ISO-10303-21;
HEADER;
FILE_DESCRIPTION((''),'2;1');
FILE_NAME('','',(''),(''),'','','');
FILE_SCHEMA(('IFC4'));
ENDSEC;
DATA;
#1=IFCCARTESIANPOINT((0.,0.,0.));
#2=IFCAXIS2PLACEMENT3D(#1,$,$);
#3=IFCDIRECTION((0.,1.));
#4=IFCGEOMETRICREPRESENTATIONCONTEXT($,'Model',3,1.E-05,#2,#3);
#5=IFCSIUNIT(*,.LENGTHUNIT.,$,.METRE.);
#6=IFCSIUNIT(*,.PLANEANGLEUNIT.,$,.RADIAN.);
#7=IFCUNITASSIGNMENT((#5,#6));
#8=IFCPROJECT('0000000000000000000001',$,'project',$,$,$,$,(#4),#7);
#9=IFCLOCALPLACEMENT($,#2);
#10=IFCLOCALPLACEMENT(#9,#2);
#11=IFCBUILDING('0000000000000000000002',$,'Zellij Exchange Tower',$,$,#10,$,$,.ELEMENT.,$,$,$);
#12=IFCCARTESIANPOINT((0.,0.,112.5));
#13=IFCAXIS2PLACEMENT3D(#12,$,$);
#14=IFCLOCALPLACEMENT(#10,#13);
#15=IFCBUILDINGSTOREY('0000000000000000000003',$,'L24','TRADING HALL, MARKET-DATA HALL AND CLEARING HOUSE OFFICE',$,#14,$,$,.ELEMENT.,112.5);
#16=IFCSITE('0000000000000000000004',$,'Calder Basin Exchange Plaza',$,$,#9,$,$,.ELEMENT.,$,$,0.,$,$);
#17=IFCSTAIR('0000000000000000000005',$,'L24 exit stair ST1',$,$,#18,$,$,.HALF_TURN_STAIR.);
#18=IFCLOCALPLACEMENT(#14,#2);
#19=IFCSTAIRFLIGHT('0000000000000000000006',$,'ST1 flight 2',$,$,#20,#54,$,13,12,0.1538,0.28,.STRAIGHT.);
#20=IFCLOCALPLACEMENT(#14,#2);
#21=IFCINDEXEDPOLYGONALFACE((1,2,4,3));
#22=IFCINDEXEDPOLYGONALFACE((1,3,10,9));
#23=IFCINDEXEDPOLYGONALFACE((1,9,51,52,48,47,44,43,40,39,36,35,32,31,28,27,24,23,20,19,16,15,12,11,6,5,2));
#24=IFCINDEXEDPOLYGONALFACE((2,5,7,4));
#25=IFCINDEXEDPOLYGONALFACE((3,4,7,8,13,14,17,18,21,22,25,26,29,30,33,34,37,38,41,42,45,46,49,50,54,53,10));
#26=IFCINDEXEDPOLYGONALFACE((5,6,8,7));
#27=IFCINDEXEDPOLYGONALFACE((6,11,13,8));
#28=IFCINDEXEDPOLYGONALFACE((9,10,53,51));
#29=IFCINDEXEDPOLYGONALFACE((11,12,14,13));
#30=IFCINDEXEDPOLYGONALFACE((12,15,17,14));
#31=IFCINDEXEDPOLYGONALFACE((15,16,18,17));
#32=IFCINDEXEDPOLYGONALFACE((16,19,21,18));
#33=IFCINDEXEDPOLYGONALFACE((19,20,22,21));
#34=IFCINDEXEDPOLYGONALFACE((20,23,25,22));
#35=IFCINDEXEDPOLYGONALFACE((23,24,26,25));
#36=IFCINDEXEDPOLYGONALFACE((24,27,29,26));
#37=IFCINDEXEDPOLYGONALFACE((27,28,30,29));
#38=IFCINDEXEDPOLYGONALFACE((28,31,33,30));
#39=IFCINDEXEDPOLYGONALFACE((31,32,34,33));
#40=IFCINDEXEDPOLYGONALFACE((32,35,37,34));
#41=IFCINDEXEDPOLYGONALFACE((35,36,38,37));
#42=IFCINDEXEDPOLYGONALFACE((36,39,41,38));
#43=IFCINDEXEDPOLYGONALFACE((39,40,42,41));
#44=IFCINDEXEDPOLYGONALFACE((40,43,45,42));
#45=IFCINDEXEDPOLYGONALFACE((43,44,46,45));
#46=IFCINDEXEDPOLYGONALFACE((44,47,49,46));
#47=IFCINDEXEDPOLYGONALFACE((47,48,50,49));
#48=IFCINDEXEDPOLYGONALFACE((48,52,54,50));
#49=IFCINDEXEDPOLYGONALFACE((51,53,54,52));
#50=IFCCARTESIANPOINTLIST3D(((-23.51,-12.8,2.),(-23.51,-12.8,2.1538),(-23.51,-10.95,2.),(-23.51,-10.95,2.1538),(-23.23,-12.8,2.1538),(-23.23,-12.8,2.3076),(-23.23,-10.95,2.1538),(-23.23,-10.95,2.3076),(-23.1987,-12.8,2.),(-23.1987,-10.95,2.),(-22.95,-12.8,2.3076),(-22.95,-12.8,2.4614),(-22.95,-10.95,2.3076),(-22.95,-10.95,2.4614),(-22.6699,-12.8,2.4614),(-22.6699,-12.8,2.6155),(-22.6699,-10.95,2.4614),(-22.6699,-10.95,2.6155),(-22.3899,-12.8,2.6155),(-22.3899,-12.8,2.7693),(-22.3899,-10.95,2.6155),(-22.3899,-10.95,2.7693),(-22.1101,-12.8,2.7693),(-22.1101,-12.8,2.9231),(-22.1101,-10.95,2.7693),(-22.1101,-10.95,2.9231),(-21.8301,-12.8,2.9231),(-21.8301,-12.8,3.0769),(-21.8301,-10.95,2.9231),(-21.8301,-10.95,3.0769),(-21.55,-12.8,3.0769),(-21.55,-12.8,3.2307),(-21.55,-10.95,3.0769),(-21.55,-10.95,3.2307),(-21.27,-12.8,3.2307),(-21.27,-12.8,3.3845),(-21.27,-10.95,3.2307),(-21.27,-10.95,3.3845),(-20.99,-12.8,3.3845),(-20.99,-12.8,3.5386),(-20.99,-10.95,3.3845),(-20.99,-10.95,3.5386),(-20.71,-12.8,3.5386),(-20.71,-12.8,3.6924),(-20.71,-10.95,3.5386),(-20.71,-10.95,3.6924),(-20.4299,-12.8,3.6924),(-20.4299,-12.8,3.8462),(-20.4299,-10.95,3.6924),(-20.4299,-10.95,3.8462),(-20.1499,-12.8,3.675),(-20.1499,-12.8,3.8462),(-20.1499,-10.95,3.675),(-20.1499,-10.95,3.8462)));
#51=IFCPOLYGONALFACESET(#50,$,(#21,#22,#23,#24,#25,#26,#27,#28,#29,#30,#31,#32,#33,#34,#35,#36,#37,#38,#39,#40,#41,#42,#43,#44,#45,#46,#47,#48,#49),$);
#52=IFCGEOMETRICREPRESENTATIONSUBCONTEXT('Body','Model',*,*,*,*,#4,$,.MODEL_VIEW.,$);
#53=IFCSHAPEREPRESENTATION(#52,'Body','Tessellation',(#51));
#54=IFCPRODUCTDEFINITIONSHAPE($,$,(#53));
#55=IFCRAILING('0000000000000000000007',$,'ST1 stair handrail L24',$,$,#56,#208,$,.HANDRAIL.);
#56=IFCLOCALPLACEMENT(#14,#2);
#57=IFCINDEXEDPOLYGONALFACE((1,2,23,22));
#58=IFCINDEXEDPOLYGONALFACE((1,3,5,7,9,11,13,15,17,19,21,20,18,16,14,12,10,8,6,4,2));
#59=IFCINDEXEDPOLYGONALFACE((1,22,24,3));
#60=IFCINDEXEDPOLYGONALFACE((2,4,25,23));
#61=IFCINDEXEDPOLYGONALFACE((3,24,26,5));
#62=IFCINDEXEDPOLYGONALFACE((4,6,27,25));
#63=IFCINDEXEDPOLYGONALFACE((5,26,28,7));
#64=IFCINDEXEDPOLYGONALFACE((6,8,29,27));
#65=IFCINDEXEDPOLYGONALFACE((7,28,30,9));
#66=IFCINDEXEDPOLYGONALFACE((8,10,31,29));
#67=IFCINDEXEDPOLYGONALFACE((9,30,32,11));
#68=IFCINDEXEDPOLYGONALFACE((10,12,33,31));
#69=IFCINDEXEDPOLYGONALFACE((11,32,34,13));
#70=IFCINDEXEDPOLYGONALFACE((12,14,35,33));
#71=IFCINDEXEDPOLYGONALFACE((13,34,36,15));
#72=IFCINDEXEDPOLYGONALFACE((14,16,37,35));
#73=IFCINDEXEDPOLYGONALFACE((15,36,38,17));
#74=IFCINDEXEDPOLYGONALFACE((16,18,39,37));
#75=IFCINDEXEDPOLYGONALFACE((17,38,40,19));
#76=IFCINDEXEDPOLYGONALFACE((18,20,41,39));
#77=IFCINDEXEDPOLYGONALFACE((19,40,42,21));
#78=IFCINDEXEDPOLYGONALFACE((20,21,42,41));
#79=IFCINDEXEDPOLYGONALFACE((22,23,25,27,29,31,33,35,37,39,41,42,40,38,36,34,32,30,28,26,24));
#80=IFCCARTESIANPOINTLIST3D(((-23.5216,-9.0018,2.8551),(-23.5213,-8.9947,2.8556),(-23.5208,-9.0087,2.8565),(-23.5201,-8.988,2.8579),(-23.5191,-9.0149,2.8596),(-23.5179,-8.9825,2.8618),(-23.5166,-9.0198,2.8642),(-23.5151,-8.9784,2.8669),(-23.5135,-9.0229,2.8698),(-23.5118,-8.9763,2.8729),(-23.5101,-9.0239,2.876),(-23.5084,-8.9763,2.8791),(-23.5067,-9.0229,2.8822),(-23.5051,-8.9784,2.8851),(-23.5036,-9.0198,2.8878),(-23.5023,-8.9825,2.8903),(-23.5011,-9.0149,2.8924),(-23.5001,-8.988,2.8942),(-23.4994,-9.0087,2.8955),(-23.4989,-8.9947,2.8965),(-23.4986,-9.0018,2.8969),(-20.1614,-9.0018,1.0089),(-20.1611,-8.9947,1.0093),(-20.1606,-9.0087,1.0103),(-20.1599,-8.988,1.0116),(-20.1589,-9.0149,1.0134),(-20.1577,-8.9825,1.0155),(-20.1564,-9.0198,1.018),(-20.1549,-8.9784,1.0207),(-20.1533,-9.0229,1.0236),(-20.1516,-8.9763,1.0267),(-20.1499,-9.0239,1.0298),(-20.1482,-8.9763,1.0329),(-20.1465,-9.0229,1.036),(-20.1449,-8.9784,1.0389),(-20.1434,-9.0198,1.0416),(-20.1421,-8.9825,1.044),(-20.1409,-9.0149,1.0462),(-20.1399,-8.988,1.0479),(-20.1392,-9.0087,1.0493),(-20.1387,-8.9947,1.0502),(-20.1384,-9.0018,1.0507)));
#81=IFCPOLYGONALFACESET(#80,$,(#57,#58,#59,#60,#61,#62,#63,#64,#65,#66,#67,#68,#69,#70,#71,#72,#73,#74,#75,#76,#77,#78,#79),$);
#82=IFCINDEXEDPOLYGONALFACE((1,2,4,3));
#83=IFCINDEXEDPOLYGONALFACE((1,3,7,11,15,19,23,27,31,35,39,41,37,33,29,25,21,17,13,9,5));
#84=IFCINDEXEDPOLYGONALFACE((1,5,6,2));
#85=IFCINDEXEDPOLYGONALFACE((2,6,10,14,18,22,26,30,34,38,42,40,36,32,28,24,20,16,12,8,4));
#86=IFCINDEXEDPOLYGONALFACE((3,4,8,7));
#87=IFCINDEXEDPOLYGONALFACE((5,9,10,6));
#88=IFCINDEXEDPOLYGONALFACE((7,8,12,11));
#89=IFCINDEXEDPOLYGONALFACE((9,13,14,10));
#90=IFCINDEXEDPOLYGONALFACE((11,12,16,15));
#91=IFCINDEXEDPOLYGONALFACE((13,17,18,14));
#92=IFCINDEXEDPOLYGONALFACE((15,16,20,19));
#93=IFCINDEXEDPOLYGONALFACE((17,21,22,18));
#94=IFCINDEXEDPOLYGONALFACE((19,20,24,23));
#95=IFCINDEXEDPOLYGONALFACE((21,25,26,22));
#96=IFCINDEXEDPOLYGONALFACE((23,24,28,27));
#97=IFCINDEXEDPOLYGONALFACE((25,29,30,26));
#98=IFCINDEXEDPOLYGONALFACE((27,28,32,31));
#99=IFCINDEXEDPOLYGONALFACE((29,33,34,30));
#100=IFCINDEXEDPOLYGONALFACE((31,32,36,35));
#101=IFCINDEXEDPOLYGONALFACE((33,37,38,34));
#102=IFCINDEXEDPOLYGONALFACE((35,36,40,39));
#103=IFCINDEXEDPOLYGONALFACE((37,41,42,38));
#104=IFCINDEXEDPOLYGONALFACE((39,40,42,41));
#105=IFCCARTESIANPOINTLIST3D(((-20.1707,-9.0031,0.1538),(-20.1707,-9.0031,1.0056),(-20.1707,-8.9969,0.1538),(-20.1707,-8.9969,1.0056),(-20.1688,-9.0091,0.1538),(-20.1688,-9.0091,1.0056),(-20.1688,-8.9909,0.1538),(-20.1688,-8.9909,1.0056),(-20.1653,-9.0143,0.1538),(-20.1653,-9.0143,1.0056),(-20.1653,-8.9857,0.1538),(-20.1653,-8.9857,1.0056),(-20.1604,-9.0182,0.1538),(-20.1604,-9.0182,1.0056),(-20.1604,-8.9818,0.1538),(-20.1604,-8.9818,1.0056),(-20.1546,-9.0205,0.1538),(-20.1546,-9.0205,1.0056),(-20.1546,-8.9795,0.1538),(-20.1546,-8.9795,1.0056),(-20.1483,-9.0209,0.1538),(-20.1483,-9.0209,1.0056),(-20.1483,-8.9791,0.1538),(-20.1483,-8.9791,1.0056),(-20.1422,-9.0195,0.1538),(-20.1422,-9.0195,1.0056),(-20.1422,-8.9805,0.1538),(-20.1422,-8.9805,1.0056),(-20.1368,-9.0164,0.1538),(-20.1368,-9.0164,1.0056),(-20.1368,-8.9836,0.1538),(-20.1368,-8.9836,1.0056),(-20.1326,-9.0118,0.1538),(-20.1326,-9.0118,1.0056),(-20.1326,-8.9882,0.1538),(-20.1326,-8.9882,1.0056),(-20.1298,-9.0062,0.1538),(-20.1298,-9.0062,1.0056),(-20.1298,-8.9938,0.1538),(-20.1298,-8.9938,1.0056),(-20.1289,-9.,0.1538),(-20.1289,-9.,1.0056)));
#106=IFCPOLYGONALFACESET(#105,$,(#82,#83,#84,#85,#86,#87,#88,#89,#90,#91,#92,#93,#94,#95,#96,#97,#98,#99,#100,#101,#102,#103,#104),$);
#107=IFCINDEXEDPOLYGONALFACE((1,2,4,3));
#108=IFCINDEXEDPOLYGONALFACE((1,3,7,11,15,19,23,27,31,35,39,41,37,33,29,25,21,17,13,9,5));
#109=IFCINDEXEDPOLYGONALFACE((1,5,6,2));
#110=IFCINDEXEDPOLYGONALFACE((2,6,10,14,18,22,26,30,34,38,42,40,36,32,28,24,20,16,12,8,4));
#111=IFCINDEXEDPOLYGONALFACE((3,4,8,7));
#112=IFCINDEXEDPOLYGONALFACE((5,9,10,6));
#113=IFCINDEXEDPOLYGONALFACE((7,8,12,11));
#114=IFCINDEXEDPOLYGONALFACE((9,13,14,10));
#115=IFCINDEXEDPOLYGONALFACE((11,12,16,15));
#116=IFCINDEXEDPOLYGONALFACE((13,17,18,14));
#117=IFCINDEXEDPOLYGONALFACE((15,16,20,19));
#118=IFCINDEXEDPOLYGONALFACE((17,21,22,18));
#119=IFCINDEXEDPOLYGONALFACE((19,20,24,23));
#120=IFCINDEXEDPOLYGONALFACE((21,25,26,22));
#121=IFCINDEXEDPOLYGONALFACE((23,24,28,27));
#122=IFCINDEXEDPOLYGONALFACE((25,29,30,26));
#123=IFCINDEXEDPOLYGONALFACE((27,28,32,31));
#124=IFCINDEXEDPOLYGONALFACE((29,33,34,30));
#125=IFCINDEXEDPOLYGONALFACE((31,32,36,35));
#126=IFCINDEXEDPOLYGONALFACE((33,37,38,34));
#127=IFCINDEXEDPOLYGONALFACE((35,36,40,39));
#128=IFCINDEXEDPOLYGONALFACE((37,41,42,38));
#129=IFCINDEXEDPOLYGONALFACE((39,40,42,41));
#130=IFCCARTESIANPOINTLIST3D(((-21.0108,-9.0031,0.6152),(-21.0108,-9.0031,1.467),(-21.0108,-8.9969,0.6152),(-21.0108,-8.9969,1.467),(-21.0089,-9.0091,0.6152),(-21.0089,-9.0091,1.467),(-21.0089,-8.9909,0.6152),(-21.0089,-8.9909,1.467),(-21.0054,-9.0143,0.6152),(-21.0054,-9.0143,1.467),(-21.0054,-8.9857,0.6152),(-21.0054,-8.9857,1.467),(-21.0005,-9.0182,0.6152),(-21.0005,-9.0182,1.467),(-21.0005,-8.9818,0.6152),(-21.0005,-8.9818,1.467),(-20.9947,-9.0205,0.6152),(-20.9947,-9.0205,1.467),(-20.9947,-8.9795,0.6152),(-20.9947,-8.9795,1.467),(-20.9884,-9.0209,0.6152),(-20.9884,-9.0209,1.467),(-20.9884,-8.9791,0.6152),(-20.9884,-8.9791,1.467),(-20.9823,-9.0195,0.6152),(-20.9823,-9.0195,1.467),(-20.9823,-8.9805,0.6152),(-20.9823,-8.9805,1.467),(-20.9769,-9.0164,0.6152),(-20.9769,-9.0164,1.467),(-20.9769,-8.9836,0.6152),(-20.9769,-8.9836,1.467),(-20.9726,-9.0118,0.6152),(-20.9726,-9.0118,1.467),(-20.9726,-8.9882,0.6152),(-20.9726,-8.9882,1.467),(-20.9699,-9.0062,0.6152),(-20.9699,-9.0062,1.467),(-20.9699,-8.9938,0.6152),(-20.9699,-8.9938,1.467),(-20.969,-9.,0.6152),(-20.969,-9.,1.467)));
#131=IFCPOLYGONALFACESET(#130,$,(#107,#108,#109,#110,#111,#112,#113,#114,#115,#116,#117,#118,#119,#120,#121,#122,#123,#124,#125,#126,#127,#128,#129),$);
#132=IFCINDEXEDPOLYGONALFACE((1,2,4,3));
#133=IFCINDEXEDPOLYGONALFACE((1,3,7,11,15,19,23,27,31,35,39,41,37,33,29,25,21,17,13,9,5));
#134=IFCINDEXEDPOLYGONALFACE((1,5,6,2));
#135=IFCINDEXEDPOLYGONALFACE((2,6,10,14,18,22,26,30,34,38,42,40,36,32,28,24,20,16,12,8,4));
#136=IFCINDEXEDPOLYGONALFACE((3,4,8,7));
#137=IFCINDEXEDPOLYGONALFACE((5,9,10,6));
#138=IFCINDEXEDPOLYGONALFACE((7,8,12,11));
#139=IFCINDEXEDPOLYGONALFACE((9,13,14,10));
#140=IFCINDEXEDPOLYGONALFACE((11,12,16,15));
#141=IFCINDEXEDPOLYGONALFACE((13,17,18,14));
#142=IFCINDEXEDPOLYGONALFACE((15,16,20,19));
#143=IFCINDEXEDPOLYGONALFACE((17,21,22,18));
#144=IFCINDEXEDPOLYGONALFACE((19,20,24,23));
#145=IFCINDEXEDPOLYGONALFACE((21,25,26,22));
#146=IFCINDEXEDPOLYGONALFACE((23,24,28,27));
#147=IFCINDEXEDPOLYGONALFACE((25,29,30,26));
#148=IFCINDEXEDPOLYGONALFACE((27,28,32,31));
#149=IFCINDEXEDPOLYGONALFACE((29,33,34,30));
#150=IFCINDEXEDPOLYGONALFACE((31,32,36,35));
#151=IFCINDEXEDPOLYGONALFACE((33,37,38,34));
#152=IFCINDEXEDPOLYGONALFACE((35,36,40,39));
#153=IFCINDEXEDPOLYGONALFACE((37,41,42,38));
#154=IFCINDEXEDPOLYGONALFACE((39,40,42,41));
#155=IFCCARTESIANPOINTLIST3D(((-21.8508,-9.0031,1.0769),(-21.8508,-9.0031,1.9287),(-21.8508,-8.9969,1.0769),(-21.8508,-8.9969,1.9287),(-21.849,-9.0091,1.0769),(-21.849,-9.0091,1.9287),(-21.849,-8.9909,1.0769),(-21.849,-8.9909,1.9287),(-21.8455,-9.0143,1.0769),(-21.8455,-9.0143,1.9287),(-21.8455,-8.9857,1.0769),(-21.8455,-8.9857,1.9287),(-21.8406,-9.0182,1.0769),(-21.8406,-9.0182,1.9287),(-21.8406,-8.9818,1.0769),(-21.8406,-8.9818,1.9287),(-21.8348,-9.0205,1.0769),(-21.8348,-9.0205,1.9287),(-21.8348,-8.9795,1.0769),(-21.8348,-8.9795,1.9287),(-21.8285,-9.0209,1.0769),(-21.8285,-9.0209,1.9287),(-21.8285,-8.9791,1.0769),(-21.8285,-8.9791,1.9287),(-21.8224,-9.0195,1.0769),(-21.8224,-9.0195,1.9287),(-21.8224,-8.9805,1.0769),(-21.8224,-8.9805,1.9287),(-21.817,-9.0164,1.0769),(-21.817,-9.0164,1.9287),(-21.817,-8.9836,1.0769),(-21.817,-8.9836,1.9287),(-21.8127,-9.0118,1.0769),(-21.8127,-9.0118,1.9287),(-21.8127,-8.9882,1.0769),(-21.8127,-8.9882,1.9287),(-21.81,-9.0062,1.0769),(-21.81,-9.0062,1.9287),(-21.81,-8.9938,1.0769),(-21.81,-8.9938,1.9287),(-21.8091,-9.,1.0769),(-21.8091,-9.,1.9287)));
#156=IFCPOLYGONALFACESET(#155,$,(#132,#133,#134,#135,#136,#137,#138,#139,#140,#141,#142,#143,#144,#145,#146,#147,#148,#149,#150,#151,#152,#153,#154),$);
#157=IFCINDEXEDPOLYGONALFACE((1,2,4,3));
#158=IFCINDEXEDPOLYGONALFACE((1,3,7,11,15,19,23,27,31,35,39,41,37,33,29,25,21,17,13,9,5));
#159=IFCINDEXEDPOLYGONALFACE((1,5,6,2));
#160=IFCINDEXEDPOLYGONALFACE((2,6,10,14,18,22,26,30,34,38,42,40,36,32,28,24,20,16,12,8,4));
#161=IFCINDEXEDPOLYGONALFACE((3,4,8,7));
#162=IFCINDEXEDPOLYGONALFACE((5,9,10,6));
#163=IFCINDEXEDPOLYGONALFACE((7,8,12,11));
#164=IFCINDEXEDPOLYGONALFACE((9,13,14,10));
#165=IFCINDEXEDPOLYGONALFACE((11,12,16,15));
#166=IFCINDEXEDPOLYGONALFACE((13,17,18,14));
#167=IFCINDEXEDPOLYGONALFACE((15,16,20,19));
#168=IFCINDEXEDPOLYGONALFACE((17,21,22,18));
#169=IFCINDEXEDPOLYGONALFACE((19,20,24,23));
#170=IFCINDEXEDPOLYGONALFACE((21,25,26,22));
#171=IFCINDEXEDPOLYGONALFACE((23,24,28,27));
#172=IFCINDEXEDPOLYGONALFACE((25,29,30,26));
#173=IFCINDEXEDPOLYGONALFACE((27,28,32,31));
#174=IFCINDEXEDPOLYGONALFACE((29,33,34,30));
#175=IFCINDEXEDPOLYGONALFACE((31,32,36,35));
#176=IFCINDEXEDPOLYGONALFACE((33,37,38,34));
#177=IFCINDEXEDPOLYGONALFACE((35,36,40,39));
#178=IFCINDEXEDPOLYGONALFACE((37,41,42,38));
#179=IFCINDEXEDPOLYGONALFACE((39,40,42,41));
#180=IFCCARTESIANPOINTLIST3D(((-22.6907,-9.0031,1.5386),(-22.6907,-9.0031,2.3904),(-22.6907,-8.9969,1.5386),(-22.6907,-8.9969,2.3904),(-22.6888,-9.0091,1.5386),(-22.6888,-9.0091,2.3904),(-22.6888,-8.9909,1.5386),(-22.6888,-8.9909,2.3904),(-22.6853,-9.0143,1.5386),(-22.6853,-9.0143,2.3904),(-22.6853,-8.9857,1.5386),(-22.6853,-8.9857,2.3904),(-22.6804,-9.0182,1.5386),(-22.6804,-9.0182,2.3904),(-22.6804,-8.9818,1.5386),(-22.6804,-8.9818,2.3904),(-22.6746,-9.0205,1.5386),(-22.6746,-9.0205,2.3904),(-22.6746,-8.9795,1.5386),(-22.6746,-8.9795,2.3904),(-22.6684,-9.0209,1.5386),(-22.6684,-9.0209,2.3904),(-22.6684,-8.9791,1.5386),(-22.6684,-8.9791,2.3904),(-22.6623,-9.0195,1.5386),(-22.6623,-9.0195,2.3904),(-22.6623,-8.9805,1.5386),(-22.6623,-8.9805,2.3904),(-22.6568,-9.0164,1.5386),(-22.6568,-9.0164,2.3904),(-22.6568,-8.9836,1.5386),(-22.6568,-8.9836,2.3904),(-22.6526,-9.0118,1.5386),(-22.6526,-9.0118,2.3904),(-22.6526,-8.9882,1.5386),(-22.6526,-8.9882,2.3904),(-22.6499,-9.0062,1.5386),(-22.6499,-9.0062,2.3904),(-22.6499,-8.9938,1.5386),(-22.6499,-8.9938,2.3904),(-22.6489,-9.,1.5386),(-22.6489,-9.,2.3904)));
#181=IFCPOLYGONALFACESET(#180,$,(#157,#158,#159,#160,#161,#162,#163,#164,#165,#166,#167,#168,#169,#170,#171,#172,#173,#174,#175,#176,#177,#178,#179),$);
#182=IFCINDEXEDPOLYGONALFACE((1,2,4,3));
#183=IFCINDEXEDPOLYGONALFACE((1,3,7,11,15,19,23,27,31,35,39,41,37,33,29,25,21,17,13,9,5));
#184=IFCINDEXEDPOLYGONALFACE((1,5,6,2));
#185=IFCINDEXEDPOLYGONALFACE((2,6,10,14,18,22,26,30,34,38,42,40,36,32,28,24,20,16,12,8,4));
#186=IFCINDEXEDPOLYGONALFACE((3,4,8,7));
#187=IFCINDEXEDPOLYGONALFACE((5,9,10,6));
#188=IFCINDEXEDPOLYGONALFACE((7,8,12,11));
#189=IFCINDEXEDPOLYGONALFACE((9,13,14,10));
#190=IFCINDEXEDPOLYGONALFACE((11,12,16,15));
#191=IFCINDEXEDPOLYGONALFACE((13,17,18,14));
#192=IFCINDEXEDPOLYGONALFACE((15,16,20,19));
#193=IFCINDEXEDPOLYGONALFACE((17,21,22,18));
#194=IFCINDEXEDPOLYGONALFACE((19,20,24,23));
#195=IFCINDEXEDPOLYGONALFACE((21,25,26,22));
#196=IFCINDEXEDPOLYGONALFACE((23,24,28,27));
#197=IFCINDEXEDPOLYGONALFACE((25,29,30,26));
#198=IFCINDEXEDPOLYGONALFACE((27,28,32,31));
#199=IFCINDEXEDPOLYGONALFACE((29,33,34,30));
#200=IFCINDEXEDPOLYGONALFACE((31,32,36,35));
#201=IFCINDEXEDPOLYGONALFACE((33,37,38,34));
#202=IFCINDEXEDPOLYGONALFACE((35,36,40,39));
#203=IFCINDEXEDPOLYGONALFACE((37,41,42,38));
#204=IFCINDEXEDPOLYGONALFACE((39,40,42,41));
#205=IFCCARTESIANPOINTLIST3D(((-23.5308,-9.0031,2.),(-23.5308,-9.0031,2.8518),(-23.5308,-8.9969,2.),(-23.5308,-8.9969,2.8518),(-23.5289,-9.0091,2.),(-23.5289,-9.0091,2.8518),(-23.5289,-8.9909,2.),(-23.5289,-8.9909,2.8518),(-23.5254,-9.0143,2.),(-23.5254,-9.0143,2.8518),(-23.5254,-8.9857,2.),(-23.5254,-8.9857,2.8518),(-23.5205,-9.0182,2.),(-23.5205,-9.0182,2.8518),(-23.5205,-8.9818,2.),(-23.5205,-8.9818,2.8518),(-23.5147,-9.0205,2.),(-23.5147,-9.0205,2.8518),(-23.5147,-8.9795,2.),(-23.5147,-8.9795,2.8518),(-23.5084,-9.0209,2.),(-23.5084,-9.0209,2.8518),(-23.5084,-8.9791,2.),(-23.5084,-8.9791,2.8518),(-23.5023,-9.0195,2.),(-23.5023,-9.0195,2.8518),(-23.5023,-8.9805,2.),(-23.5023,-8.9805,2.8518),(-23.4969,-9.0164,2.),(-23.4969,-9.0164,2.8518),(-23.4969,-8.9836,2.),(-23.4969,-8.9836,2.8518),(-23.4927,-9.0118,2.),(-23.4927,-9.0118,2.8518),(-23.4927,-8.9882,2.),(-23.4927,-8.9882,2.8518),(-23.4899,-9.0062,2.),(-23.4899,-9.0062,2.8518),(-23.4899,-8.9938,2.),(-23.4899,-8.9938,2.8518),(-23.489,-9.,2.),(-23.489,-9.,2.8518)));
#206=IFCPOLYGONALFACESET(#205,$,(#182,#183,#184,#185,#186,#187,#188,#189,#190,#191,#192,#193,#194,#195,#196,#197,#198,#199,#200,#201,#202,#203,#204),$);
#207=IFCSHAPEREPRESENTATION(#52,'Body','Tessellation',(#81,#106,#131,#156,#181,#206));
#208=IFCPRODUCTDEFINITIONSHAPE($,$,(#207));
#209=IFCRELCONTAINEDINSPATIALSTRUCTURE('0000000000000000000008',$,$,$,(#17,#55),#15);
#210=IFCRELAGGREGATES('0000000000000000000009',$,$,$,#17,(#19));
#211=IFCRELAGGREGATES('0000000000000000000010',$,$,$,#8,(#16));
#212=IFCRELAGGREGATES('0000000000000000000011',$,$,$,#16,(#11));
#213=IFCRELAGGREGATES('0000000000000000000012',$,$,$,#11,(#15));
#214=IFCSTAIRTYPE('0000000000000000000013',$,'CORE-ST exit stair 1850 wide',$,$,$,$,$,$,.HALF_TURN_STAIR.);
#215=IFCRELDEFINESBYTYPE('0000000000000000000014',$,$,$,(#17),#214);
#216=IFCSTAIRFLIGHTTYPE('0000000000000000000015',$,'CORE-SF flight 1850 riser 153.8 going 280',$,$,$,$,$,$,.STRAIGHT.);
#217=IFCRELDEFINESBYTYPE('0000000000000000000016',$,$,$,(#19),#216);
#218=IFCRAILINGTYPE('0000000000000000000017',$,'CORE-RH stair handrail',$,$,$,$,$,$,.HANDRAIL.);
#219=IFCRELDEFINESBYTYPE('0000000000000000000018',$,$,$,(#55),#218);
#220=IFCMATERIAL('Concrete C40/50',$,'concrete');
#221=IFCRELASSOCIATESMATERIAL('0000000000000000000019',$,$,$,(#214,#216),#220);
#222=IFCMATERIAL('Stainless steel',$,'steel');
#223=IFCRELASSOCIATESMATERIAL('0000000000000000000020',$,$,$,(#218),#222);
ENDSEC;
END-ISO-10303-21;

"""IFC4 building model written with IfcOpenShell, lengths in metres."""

from ifc_helpers import new_model, si_unit, direction, frame, origin, origin_2d, place, context, subcontext, project, spatial, polyline, circle, outline, extrude, material, type_object, element, aggregate, save


model = new_model("IFC4")

# Units and contexts
model_context = context("Model", 3, precision=1e-05, world=origin(), true_north=direction((0.0, 1.0)))
body_context = subcontext(model_context, "Body", "Model", "MODEL_VIEW")
ifc_project = project(units=[si_unit("LENGTHUNIT", "METRE"), si_unit("PLANEANGLEUNIT", "RADIAN")], contexts=[model_context])

# Site, building, storey
site_placement = place(None, origin())
site = spatial("IfcSite", under=ifc_project, at=site_placement, Name="Calder Basin Exchange Plaza", CompositionType="ELEMENT", RefElevation=0.0)
building_placement = place(site_placement, origin())
building = spatial("IfcBuilding", under=site, at=building_placement, Name="Zellij Exchange Tower", CompositionType="ELEMENT")
storey_placement = place(building_placement, frame((0.0, 0.0, 112.5)))
storey = spatial("IfcBuildingStorey", under=building, at=storey_placement, Name="L24", Description="TRADING HALL, MARKET-DATA HALL AND CLEARING HOUSE OFFICE", CompositionType="ELEMENT", Elevation=112.5)

# Stair, stair flight
ifc_material_1 = material(Name="Concrete C40/50", Category="concrete")
stair_type = type_object("IfcStairType", Name="CORE-ST exit stair 1850 wide", PredefinedType="HALF_TURN_STAIR", material=ifc_material_1)
stair_placement = place(storey_placement, origin())
stair = element("IfcStair", 1, at=stair_placement, inside=storey, type_object=stair_type, Name="L24 exit stair ST1", PredefinedType="HALF_TURN_STAIR")
stair_flight_type = type_object("IfcStairFlightType", Name="CORE-SF flight 1850 riser 153.8 going 280", PredefinedType="STRAIGHT", material=ifc_material_1)
stair_flight_1_placement = place(storey_placement, frame((-23.51, -11.875, 2.0), z_axis=(0.0, 0.0, 1.0), x_axis=(1.0, 0.0, 0.0)))
stair_flight_1 = element("IfcStairFlight", 2, at=stair_flight_1_placement, type_object=stair_flight_type, Name="ST1 flight 2", NumberOfRisers=13, NumberOfTreads=12, PredefinedType="STRAIGHT", RiserHeight=0.1538, TreadLength=0.28, context=body_context, shape_type="SweptSolid", body=[
    extrude(outline(polyline([(0.0, 0.0), (0.0, 0.1538), (0.28, 0.1538), (0.28, 0.3076), (0.5601, 0.3076), (0.5601, 0.4614), (0.8401, 0.4614), (0.8401, 0.6155), (1.1201, 0.6155), (1.1201, 0.7693), (1.3999, 0.7693), (1.3999, 0.9231), (1.6799, 0.9231), (1.6799, 1.0769), (1.96, 1.0769), (1.96, 1.2307), (2.24, 1.2307), (2.24, 1.3845), (2.52, 1.3845), (2.52, 1.5386), (2.8, 1.5386), (2.8, 1.6924), (3.0801, 1.6924), (3.0801, 1.8462), (3.3601, 1.8462), (3.3601, 2.0), (3.3601, 1.675), (0.3113, 0.0), (0.0, 0.0)])), frame((0.0, 0.925, 0.0), z_axis=(0.0, -1.0, 0.0), x_axis=(1.0, 0.0, 0.0)), (0.0, 0.0, 1.0), 1.8501),
])
aggregate(stair, [stair_flight_1])

# Railing
ifc_material_2 = material(Name="Stainless steel", Category="steel")
railing_type_1 = type_object("IfcRailingType", Name="CORE-RH stair handrail", PredefinedType="HANDRAIL", material=ifc_material_2)
railing_1_placement = place(storey_placement, frame((-20.1499, -9.0, 0.1538)))
element("IfcRailing", 3, at=railing_1_placement, inside=storey, type_object=railing_type_1, Name="ST1 stair handrail L24", PredefinedType="HANDRAIL", context=body_context, shape_type="SweptSolid", body=[
    extrude(circle(Radius=0.0239, at=origin_2d()), frame((0.0, 0.0, 0.876), z_axis=(-0.876422, 0.0, 0.481545), x_axis=(0.0, -1.0, 0.0)), (0.0, 0.0, 1.0), 3.834),
    extrude(circle(Radius=0.021, at=origin_2d()), origin(), (0.0, 0.0, 1.0), 0.8518),
    extrude(circle(Radius=0.021, at=origin_2d()), frame((-0.8401, 0.0, 0.4614)), (0.0, 0.0, 1.0), 0.8518),
    extrude(circle(Radius=0.021, at=origin_2d()), frame((-1.6802, 0.0, 0.9231)), (0.0, 0.0, 1.0), 0.8518),
    extrude(circle(Radius=0.021, at=origin_2d()), frame((-2.52, 0.0, 1.3848)), (0.0, 0.0, 1.0), 0.8518),
    extrude(circle(Radius=0.021, at=origin_2d()), frame((-3.3601, 0.0, 1.8462)), (0.0, 0.0, 1.0), 0.8518),
])

save(model, "model.ifc")
